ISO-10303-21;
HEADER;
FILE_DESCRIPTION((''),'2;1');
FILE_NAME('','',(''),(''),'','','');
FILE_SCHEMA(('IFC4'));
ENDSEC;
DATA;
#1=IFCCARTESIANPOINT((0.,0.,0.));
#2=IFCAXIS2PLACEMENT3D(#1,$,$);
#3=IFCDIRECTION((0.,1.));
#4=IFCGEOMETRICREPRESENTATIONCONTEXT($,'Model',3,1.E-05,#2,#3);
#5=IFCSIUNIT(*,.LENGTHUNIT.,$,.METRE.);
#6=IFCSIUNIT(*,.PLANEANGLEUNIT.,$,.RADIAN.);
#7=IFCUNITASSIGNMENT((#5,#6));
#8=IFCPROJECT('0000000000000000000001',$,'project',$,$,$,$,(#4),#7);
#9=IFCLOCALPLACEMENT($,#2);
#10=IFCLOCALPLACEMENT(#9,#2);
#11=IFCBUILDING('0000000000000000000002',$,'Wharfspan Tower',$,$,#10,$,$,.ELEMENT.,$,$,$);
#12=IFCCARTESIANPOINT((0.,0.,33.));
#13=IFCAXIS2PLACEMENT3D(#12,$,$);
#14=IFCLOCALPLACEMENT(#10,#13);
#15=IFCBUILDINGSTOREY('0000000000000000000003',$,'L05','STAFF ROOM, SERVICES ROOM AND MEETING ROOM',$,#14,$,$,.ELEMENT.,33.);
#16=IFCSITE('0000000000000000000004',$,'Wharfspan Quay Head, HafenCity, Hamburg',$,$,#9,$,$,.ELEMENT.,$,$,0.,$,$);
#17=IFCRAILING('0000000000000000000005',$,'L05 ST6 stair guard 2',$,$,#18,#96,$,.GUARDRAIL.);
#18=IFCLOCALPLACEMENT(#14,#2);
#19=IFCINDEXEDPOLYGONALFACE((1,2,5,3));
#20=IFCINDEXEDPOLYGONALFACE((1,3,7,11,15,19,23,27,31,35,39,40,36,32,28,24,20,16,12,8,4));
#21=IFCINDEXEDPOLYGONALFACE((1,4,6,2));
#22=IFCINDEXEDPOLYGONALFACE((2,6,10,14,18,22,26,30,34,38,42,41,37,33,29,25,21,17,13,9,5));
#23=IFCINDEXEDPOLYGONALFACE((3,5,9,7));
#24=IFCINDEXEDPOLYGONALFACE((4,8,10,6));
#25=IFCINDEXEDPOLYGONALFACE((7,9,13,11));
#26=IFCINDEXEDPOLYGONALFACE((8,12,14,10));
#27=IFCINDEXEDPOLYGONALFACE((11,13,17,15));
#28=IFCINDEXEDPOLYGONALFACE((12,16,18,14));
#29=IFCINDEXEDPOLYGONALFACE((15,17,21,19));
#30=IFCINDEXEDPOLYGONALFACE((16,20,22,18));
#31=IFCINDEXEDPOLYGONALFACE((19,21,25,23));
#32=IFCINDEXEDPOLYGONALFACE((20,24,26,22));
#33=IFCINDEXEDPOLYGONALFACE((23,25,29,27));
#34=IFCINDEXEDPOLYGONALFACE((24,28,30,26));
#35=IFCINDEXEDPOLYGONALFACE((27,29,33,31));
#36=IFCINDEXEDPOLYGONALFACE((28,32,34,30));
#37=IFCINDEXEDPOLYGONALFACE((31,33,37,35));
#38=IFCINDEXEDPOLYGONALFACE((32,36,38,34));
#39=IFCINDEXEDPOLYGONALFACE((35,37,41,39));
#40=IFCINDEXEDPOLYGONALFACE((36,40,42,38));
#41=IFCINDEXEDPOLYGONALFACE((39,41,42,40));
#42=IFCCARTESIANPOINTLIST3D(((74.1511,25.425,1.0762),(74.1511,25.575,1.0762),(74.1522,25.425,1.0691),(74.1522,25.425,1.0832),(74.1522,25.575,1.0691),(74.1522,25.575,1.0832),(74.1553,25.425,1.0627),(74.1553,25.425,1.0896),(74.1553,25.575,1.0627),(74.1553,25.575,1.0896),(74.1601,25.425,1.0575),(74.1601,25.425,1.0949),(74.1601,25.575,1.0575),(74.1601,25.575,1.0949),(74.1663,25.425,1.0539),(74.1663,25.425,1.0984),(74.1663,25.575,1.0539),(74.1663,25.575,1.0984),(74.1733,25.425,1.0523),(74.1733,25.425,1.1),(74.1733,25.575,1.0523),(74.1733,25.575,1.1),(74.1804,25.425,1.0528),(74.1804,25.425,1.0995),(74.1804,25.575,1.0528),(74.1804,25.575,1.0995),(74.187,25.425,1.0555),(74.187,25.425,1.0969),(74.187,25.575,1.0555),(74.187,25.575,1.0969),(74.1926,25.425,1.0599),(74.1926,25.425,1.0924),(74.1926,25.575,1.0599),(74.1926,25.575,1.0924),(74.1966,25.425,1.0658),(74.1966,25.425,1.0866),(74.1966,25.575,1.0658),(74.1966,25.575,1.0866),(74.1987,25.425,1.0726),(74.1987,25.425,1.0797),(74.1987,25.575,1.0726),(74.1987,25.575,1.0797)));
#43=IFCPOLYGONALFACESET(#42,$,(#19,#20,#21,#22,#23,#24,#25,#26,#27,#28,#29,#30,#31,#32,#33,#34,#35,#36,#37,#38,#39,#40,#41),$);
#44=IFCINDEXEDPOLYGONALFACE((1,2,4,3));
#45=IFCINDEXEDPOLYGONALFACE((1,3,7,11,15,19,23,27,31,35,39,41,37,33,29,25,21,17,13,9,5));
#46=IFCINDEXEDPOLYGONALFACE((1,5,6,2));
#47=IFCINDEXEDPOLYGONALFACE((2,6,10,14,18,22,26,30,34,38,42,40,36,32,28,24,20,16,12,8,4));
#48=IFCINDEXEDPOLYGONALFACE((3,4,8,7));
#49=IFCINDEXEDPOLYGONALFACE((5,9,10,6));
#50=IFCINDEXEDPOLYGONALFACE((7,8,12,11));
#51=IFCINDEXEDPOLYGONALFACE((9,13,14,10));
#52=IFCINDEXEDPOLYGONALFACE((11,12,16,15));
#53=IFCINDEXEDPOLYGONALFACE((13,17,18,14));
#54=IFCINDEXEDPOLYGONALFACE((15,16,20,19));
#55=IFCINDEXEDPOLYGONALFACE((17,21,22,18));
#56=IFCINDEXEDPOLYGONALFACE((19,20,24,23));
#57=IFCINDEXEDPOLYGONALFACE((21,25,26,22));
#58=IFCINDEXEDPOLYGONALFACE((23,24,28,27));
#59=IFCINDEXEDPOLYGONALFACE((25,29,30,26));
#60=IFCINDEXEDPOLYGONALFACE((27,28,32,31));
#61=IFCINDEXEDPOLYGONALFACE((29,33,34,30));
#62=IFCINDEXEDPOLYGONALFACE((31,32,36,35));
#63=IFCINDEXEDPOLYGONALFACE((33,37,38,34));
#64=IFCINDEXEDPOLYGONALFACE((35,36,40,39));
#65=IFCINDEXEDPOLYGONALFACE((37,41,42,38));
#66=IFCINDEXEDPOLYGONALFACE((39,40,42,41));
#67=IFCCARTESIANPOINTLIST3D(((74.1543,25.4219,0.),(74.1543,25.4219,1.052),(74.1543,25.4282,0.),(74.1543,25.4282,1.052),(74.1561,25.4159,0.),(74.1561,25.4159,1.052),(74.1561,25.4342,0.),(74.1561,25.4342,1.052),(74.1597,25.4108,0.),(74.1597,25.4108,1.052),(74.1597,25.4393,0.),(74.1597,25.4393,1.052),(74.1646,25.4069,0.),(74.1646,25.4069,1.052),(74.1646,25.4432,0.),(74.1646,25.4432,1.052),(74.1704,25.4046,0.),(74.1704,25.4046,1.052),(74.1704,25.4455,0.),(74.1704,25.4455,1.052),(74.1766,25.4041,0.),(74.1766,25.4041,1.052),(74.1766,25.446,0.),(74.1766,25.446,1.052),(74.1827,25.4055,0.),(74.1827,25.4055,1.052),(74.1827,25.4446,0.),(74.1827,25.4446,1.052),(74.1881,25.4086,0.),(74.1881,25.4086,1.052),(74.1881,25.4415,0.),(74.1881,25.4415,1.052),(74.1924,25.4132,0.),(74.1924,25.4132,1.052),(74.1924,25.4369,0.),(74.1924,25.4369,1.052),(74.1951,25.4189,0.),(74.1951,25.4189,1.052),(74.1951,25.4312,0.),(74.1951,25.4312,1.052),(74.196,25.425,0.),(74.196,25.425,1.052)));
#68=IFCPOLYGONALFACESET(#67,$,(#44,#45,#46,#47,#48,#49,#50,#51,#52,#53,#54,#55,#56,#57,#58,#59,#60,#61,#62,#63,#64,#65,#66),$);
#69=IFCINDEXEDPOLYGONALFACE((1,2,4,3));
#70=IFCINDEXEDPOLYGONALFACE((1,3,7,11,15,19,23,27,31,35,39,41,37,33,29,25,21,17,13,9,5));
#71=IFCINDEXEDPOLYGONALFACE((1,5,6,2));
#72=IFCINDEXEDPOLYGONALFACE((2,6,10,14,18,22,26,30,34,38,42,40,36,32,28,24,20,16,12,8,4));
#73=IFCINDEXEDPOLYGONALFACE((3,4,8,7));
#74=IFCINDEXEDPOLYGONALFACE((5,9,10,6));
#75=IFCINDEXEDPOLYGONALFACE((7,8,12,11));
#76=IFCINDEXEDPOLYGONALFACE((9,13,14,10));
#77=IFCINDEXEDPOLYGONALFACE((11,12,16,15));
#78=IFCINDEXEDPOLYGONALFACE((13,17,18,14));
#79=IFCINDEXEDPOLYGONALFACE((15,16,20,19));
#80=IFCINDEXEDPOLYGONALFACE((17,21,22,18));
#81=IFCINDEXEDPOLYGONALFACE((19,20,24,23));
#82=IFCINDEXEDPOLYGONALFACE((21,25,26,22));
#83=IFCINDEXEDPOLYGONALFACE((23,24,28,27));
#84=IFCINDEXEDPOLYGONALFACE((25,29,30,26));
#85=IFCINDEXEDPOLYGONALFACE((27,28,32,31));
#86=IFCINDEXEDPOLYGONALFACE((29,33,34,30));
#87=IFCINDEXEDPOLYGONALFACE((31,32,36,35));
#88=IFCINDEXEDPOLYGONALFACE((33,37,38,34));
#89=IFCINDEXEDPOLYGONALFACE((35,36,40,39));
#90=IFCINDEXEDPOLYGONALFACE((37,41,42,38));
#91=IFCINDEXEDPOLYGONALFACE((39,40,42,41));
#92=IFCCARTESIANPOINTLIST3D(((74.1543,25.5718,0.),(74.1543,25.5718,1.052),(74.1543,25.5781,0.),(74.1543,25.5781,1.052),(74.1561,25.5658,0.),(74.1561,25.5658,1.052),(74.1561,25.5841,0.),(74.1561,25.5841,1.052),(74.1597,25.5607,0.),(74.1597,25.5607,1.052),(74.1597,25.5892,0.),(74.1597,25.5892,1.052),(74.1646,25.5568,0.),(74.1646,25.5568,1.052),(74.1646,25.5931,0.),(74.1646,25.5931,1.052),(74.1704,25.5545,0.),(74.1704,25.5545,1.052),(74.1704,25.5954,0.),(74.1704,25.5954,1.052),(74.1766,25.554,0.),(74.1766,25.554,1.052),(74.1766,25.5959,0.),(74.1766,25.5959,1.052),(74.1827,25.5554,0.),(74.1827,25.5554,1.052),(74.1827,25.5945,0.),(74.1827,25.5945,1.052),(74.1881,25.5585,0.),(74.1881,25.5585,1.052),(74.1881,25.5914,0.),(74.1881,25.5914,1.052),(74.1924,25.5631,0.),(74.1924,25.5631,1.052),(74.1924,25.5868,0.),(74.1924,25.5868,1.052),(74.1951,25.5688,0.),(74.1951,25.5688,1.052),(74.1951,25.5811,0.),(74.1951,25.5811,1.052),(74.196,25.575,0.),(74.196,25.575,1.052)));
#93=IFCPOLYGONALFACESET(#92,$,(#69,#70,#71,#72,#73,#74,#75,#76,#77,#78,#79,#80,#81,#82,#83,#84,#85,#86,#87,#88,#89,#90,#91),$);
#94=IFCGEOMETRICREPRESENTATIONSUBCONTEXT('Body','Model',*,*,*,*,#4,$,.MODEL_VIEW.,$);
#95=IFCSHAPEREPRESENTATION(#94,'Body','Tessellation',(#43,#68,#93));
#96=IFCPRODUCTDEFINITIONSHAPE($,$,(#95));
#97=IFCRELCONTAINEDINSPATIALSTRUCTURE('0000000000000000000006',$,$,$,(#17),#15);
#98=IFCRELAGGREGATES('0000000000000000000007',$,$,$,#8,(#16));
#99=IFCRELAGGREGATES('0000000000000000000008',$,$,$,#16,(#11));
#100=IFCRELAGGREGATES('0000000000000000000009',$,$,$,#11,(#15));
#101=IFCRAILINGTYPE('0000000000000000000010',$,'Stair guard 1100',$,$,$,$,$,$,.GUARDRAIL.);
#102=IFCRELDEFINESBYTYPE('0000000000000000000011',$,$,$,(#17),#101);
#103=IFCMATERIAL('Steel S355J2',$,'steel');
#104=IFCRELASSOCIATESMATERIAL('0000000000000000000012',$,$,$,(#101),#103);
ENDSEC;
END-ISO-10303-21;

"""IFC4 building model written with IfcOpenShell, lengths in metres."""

from ifc_helpers import new_model, si_unit, direction, frame, origin, origin_2d, place, context, subcontext, project, spatial, circle, extrude, material, type_object, element, save


model = new_model("IFC4")

# Units and contexts
model_context = context("Model", 3, precision=1e-05, world=origin(), true_north=direction((0.0, 1.0)))
body_context = subcontext(model_context, "Body", "Model", "MODEL_VIEW")
ifc_project = project(units=[si_unit("LENGTHUNIT", "METRE"), si_unit("PLANEANGLEUNIT", "RADIAN")], contexts=[model_context])

# Site, building, storey
site_placement = place(None, origin())
site = spatial("IfcSite", under=ifc_project, at=site_placement, Name="Wharfspan Quay Head, HafenCity, Hamburg", CompositionType="ELEMENT", RefElevation=0.0)
building_placement = place(site_placement, origin())
building = spatial("IfcBuilding", under=site, at=building_placement, Name="Wharfspan Tower", CompositionType="ELEMENT")
storey_placement = place(building_placement, frame((0.0, 0.0, 33.0)))
storey = spatial("IfcBuildingStorey", under=building, at=storey_placement, Name="L05", Description="STAFF ROOM, SERVICES ROOM AND MEETING ROOM", CompositionType="ELEMENT", Elevation=33.0)

# Railing
ifc_material_1 = material(Name="Steel S355J2", Category="steel")
railing_type_1 = type_object("IfcRailingType", Name="Stair guard 1100", PredefinedType="GUARDRAIL", material=ifc_material_1)
railing_1_placement = place(storey_placement, frame((74.175, 25.425, 0.0)))
element("IfcRailing", 1, at=railing_1_placement, inside=storey, type_object=railing_type_1, Name="L05 ST6 stair guard 2", PredefinedType="GUARDRAIL", context=body_context, shape_type="SweptSolid", body=[
    extrude(circle(Radius=0.0239, at=origin_2d()), frame((0.0, 0.0, 1.0762), z_axis=(0.0, 1.0, 0.0), x_axis=(-1.0, 0.0, 0.0)), (0.0, 0.0, 1.0), 0.1499),
    extrude(circle(Radius=0.021, at=origin_2d()), origin(), (0.0, 0.0, 1.0), 1.052),
    extrude(circle(Radius=0.021, at=origin_2d()), frame((0.0, 0.1499, 0.0)), (0.0, 0.0, 1.0), 1.052),
])

save(model, "model.ifc")
